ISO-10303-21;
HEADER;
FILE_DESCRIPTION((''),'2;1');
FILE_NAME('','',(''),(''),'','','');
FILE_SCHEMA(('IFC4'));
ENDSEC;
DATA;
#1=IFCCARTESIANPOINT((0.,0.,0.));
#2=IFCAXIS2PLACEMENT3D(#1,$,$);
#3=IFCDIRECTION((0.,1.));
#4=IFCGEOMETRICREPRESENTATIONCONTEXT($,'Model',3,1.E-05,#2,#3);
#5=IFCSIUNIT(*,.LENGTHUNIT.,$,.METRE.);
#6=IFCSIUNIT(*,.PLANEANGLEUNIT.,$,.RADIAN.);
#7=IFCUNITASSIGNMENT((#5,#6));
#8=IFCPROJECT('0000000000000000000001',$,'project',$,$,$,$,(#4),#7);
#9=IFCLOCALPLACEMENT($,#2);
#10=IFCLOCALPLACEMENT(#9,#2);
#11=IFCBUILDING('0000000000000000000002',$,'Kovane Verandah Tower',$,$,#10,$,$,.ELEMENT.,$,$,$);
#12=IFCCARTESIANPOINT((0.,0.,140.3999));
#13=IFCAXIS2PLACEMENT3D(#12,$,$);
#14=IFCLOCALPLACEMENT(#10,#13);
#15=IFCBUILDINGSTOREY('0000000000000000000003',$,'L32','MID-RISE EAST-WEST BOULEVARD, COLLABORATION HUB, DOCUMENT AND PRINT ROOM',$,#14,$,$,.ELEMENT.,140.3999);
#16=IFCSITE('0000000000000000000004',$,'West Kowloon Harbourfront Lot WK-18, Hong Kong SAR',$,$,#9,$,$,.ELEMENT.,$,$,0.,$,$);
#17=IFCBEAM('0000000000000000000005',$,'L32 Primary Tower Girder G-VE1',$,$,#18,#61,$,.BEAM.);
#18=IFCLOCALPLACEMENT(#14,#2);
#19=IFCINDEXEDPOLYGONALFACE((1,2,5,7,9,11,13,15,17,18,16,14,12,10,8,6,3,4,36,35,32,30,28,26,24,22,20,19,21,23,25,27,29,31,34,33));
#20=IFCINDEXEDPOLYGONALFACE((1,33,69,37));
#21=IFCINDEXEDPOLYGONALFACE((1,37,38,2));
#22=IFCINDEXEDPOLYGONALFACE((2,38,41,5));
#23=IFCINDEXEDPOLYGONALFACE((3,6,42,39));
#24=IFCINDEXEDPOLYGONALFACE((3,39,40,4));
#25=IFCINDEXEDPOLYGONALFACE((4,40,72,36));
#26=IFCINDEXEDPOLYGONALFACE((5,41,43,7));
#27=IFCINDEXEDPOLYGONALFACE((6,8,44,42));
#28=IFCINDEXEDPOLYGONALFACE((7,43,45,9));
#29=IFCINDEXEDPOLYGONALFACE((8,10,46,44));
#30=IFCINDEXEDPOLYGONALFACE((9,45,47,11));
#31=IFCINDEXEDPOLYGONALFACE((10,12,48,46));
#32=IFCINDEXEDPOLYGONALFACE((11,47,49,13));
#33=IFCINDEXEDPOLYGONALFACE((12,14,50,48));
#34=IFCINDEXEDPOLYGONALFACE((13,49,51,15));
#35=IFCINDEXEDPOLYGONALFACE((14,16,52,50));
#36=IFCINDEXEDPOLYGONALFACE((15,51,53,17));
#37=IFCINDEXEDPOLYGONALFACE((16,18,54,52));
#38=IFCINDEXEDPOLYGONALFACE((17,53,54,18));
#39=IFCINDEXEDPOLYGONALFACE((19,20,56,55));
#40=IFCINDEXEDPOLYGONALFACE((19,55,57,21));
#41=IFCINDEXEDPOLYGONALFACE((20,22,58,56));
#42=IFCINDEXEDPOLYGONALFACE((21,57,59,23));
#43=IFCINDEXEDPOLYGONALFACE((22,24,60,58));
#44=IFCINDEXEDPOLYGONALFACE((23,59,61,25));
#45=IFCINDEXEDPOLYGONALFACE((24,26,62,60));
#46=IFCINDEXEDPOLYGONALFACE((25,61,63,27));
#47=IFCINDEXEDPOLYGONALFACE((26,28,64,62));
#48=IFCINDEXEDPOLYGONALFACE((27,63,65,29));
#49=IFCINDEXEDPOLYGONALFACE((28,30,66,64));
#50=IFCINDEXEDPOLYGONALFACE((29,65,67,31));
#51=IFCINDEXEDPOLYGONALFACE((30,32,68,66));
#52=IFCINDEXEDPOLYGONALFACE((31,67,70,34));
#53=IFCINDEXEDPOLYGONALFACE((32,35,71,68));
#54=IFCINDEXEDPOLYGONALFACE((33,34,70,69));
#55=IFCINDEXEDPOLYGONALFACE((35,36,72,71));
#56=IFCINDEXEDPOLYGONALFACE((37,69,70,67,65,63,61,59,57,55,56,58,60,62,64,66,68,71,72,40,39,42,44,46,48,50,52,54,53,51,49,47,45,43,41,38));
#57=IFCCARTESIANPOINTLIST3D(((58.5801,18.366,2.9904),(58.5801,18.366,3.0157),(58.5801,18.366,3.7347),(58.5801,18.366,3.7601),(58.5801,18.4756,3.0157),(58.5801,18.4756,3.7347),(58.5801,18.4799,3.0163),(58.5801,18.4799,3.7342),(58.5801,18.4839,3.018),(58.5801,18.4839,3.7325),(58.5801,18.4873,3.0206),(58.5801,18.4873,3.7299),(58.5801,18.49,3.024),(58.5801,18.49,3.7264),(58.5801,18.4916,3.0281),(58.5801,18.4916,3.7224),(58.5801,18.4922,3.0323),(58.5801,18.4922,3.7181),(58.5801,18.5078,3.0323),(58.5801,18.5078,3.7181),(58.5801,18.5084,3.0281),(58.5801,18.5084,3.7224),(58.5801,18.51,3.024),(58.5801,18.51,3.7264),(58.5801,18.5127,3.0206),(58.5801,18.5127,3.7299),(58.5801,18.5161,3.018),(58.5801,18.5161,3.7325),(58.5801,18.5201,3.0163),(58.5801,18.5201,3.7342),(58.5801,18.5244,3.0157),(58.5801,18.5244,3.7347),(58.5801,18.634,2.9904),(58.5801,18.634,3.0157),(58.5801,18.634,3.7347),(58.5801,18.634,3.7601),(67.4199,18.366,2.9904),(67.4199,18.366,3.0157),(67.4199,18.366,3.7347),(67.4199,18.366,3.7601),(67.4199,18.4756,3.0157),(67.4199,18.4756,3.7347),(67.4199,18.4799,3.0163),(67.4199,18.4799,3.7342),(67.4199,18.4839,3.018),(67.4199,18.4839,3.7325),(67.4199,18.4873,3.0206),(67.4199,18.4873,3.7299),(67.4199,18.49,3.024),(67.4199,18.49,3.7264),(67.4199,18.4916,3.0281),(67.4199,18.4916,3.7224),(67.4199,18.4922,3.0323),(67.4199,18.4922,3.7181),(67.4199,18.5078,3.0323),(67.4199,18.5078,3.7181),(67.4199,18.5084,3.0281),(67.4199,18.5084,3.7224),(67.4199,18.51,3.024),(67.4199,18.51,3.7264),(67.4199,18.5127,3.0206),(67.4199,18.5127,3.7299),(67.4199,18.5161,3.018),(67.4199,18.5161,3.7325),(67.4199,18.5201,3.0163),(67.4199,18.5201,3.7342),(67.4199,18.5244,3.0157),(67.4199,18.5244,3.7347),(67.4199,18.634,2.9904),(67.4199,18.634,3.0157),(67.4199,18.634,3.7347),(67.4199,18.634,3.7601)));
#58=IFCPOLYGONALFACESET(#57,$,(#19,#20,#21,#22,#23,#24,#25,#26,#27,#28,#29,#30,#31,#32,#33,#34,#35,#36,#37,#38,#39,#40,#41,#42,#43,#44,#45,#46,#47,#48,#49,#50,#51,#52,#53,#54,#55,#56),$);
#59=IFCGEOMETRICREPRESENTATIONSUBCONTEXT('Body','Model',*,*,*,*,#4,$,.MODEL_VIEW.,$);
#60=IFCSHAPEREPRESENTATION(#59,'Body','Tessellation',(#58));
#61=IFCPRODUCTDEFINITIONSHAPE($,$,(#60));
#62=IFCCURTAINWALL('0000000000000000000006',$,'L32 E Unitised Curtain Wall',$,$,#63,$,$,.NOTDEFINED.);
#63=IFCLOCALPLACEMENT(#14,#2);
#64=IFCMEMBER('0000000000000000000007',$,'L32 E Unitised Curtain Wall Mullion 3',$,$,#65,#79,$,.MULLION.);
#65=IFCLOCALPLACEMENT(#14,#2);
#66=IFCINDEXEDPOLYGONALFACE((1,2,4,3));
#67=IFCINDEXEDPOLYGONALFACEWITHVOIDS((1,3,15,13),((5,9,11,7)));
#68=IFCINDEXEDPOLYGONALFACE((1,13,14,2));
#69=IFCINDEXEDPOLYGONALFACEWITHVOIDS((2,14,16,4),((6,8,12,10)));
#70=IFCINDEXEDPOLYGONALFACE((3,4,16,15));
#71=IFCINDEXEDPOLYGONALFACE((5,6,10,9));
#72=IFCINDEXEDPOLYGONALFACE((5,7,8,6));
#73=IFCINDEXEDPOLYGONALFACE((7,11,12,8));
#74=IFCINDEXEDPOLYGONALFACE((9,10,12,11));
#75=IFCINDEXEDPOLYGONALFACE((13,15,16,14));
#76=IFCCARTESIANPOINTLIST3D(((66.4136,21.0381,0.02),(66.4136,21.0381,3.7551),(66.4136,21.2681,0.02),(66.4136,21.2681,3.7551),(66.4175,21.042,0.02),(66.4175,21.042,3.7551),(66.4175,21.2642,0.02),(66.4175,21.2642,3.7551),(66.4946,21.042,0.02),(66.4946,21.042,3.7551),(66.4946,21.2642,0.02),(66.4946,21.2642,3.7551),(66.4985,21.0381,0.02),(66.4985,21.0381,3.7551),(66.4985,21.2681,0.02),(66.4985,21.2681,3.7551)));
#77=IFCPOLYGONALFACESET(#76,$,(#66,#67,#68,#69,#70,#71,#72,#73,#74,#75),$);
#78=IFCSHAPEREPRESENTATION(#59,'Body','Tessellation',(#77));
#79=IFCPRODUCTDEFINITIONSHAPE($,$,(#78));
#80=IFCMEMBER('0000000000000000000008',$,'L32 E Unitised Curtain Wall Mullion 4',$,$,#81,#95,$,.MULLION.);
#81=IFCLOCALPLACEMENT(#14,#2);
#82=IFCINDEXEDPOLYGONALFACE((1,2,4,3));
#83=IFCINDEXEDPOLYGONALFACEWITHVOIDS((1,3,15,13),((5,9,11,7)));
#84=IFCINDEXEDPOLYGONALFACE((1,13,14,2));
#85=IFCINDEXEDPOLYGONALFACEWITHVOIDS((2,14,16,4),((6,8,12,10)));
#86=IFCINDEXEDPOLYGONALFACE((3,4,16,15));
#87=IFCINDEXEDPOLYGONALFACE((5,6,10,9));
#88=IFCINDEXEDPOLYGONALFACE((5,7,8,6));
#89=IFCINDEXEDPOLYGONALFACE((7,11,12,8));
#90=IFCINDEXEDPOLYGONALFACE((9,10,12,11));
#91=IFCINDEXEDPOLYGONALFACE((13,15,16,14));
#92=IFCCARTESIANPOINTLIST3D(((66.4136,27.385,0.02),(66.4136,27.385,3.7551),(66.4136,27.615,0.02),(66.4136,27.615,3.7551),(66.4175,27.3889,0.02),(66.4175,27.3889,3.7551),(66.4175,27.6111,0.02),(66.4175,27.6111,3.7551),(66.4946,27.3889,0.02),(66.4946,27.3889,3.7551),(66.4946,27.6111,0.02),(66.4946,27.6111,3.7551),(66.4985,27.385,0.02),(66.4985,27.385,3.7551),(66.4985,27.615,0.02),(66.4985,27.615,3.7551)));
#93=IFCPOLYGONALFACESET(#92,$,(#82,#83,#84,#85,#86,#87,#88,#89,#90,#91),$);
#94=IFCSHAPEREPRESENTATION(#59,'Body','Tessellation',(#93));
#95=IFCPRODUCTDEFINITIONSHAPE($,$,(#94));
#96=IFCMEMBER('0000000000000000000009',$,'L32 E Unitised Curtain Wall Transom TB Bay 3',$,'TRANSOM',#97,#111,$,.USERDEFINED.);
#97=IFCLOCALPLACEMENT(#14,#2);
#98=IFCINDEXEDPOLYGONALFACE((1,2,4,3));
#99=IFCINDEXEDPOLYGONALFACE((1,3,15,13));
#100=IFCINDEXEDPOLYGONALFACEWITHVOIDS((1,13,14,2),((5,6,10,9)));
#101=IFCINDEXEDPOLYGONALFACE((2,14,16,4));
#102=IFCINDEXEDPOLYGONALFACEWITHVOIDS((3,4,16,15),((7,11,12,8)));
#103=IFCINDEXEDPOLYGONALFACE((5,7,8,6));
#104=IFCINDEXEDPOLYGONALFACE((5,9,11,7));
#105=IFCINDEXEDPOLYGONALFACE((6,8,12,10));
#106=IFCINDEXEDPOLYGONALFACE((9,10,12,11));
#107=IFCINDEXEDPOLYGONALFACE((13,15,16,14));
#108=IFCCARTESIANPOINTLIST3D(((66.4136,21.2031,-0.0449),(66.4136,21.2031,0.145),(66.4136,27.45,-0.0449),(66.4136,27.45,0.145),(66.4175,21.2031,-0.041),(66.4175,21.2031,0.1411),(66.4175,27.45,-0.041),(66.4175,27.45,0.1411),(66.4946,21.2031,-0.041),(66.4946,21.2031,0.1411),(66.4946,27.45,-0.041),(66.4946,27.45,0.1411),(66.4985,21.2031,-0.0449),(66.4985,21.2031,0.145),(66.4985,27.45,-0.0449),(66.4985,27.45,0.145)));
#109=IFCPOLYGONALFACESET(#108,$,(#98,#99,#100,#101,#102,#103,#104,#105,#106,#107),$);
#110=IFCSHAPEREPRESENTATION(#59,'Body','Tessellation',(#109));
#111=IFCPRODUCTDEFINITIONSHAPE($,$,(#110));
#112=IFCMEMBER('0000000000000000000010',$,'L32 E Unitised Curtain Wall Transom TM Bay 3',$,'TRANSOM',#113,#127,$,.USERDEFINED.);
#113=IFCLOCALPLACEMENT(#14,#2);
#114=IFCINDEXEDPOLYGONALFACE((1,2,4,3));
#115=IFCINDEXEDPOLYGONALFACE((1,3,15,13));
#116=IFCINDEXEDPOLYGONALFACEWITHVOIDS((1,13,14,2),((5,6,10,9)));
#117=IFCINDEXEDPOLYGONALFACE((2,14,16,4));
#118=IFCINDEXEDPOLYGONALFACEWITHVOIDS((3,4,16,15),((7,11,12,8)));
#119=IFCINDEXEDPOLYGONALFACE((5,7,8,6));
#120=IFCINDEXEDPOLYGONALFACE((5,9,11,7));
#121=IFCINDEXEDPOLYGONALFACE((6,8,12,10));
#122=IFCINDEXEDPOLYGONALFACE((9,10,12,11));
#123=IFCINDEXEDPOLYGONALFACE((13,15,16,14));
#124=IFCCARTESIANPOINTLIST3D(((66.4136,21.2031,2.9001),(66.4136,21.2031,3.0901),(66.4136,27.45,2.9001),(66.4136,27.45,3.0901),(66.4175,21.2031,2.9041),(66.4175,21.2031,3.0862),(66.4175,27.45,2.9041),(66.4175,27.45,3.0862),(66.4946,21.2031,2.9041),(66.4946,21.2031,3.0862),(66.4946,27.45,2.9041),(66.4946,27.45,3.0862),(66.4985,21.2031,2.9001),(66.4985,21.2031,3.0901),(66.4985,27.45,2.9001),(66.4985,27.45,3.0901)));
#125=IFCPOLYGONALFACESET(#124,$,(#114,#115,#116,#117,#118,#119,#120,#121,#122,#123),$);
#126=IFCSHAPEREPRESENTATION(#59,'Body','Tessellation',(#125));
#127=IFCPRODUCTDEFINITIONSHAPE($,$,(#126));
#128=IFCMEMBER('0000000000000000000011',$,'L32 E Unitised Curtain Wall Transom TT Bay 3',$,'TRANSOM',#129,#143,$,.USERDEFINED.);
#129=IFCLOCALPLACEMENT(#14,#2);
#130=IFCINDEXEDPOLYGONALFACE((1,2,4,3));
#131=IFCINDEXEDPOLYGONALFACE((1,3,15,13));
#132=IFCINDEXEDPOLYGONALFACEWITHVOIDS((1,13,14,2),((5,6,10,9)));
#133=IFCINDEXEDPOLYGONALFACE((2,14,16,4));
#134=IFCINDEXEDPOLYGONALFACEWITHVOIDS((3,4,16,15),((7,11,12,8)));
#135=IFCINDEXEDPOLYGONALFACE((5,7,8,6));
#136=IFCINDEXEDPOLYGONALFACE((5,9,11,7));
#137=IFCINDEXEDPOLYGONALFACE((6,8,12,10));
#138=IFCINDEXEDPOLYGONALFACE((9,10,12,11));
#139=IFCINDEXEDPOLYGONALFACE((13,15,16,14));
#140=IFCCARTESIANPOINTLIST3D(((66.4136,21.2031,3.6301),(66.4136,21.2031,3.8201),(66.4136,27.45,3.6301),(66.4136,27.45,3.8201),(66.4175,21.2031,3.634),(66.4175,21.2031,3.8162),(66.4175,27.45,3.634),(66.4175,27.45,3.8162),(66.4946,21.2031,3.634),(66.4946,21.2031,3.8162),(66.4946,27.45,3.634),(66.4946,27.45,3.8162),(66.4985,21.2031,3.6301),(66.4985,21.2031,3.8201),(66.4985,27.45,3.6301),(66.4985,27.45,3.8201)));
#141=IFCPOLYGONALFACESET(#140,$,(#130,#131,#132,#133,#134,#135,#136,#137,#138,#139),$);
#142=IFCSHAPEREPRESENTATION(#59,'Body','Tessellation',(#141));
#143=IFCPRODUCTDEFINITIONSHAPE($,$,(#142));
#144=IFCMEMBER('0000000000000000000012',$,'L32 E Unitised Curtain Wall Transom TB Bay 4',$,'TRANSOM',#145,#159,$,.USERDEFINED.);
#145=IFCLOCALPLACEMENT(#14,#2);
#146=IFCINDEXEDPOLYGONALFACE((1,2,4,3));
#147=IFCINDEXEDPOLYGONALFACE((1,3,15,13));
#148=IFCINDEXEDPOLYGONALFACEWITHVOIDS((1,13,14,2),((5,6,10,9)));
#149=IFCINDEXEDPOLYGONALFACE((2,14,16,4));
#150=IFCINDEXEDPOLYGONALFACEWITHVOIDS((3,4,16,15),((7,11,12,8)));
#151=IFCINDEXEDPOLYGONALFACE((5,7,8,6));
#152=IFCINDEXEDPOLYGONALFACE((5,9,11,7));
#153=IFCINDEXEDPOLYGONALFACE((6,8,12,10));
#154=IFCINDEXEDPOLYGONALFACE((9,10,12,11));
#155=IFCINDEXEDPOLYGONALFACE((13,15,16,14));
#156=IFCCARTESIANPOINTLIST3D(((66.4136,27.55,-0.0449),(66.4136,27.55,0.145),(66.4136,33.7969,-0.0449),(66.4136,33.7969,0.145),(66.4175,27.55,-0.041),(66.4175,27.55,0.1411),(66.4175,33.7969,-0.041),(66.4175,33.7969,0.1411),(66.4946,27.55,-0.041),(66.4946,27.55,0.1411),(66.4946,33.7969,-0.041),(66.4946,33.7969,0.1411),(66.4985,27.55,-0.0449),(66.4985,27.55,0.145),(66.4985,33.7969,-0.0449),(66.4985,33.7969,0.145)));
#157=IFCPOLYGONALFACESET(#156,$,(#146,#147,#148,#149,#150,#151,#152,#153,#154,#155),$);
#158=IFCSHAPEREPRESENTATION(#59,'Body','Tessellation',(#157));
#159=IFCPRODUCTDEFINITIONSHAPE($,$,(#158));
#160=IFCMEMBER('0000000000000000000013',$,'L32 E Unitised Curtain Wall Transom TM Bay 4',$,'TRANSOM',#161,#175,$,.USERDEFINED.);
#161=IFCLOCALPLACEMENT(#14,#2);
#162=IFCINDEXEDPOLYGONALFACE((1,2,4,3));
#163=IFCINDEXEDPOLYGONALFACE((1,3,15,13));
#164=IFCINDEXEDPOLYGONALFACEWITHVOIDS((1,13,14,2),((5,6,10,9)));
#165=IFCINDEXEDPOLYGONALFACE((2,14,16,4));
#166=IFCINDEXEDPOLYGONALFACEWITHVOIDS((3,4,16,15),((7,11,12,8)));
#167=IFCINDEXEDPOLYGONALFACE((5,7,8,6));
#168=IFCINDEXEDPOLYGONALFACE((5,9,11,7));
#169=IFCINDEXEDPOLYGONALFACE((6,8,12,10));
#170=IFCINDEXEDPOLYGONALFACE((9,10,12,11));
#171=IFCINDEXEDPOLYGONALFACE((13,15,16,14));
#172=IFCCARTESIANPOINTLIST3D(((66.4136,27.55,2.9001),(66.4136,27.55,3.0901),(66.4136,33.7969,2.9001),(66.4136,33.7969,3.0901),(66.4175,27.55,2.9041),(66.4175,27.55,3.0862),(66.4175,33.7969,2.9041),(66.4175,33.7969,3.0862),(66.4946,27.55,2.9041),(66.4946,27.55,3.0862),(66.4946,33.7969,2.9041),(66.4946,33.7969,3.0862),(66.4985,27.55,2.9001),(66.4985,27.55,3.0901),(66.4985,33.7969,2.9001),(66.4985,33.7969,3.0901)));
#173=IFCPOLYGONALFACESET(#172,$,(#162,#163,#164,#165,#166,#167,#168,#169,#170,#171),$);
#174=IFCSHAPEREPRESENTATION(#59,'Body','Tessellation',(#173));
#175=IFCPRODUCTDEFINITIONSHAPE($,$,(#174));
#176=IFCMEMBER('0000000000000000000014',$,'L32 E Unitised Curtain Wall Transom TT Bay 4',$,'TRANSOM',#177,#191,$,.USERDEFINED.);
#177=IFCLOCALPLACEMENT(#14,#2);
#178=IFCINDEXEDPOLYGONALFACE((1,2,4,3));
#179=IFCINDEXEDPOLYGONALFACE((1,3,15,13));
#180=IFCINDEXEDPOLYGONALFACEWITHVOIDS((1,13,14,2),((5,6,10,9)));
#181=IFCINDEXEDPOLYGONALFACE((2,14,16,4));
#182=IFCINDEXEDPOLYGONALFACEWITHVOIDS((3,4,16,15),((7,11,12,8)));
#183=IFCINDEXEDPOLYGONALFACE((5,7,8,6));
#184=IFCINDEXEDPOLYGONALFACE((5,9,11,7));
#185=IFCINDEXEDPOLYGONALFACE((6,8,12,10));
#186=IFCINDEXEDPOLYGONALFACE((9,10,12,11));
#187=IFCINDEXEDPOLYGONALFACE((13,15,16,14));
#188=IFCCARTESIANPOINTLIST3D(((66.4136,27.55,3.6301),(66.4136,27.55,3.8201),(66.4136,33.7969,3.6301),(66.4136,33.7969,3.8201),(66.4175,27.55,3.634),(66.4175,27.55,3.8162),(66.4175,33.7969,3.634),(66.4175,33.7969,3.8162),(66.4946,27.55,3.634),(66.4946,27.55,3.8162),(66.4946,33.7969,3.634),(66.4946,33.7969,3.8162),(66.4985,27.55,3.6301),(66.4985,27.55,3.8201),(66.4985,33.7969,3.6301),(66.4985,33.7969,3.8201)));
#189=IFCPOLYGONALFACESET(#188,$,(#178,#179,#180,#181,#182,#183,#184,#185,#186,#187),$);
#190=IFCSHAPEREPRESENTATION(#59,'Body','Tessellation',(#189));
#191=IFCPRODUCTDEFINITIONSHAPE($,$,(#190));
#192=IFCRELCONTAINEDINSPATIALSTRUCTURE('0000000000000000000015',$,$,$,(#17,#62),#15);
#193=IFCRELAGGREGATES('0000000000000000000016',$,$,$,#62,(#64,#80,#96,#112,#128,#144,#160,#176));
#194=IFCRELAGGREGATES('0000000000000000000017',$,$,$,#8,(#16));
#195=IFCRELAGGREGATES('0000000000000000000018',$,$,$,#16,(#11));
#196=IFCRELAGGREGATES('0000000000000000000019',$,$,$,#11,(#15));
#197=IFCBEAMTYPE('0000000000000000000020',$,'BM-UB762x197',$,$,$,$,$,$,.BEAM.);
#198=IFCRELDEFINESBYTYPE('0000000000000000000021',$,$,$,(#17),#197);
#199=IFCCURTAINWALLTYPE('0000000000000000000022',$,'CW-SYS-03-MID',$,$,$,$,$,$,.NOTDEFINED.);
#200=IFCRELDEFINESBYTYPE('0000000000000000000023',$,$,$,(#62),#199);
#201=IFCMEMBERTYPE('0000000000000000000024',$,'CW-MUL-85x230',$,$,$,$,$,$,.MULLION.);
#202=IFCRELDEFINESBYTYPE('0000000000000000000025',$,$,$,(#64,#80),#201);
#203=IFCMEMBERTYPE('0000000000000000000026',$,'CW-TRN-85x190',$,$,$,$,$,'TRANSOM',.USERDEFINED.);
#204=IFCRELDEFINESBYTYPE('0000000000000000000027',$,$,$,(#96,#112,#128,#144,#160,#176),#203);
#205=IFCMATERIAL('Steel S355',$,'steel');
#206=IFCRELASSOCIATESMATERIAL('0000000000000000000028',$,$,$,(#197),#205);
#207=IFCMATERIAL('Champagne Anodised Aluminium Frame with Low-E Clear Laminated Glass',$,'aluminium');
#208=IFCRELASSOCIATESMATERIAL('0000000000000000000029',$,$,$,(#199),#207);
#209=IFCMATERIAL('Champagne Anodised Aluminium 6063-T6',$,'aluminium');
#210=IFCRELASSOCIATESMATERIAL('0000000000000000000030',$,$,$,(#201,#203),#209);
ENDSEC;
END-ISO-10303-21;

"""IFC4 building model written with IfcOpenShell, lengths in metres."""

from ifc_helpers import new_model, si_unit, direction, frame, origin, origin_2d, place, context, subcontext, project, spatial, hollow_rectangle, i_section, extrude, material, material_profile, profile_set, type_object, element, aggregate, save


model = new_model("IFC4")

# Units and contexts
model_context = context("Model", 3, precision=1e-05, world=origin(), true_north=direction((0.0, 1.0)))
body_context = subcontext(model_context, "Body", "Model", "MODEL_VIEW")
ifc_project = project(units=[si_unit("LENGTHUNIT", "METRE"), si_unit("PLANEANGLEUNIT", "RADIAN")], contexts=[model_context])

# Site, building, storey
site_placement = place(None, origin())
site = spatial("IfcSite", under=ifc_project, at=site_placement, Name="West Kowloon Harbourfront Lot WK-18, Hong Kong SAR", CompositionType="ELEMENT", RefElevation=0.0)
building_placement = place(site_placement, origin())
building = spatial("IfcBuilding", under=site, at=building_placement, Name="Kovane Verandah Tower", CompositionType="ELEMENT")
storey_placement = place(building_placement, frame((0.0, 0.0, 140.3999)))
storey = spatial("IfcBuildingStorey", under=building, at=storey_placement, Name="L32", Description="MID-RISE EAST-WEST BOULEVARD, COLLABORATION HUB, DOCUMENT AND PRINT ROOM", CompositionType="ELEMENT", Elevation=140.3999)

# Beam
ifc_material_1 = material(Name="Steel S355", Category="steel")
ifc_material_profile_1 = material_profile(ifc_material_1, i_section(OverallWidth=0.2681, OverallDepth=0.7698, WebThickness=0.0156, FlangeThickness=0.0254, FilletRadius=0.0166, at=origin_2d()), Name="UB762x267x197")
ifc_profile_set_1 = profile_set([ifc_material_profile_1], Name="Steel S355")
beam_type_1 = type_object("IfcBeamType", Name="BM-UB762x197", PredefinedType="BEAM", material=ifc_profile_set_1)
beam_1_placement = place(storey_placement, frame((58.5801, 18.5, 3.3752), z_axis=(1.0, 0.0, 0.0), x_axis=(0.0, 1.0, 0.0)))
element("IfcBeam", 1, at=beam_1_placement, inside=storey, type_object=beam_type_1, Name="L32 Primary Tower Girder G-VE1", PredefinedType="BEAM", context=body_context, shape_type="SweptSolid", body=[
    extrude(i_section(OverallWidth=0.2681, OverallDepth=0.7698, WebThickness=0.0156, FlangeThickness=0.0254, FilletRadius=0.0166, at=origin_2d()), origin(), (0.0, 0.0, 1.0), 8.8398),
])

# Curtain wall, members
ifc_material_2 = material(Name="Champagne Anodised Aluminium Frame with Low-E Clear Laminated Glass", Category="aluminium")
curtain_wall_type = type_object("IfcCurtainWallType", Name="CW-SYS-03-MID", PredefinedType="NOTDEFINED", material=ifc_material_2)
curtain_wall_placement = place(storey_placement, origin())
curtain_wall = element("IfcCurtainWall", 2, at=curtain_wall_placement, inside=storey, type_object=curtain_wall_type, Name="L32 E Unitised Curtain Wall", PredefinedType="NOTDEFINED")
ifc_material_3 = material(Name="Champagne Anodised Aluminium 6063-T6", Category="aluminium")
ifc_material_profile_2 = material_profile(ifc_material_3, hollow_rectangle(XDim=0.085, YDim=0.23, WallThickness=0.0039, at=origin_2d()), Name="AL85x230x4")
ifc_profile_set_2 = profile_set([ifc_material_profile_2], Name="Champagne Anodised Aluminium 6063-T6")
member_type_1 = type_object("IfcMemberType", Name="CW-MUL-85x230", PredefinedType="MULLION", material=ifc_profile_set_2)
member_1_placement = place(storey_placement, frame((66.4561, 21.1531, 0.02), z_axis=(0.0, 0.0, 1.0), x_axis=(1.0, 0.0, 0.0)))
member_1 = element("IfcMember", 3, at=member_1_placement, type_object=member_type_1, Name="L32 E Unitised Curtain Wall Mullion 3", PredefinedType="MULLION", context=body_context, shape_type="SweptSolid", body=[
    extrude(hollow_rectangle(XDim=0.085, YDim=0.23, WallThickness=0.0039, at=origin_2d()), origin(), (0.0, 0.0, 1.0), 3.7351),
])
member_2_placement = place(storey_placement, frame((66.4561, 27.5, 0.02), z_axis=(0.0, 0.0, 1.0), x_axis=(1.0, 0.0, 0.0)))
member_2 = element("IfcMember", 4, at=member_2_placement, type_object=member_type_1, Name="L32 E Unitised Curtain Wall Mullion 4", PredefinedType="MULLION", context=body_context, shape_type="SweptSolid", body=[
    extrude(hollow_rectangle(XDim=0.085, YDim=0.23, WallThickness=0.0039, at=origin_2d()), origin(), (0.0, 0.0, 1.0), 3.7351),
])
ifc_material_profile_3 = material_profile(ifc_material_3, hollow_rectangle(XDim=0.085, YDim=0.1899, WallThickness=0.0039, at=origin_2d()), Name="AL85x190x4")
ifc_profile_set_3 = profile_set([ifc_material_profile_3], Name="Champagne Anodised Aluminium 6063-T6")
member_type_2 = type_object("IfcMemberType", Name="CW-TRN-85x190", ElementType="TRANSOM", PredefinedType="USERDEFINED", material=ifc_profile_set_3)
member_3_placement = place(storey_placement, frame((66.4561, 21.2031, 0.05), z_axis=(0.0, 1.0, 0.0), x_axis=(-1.0, 0.0, 0.0)))
member_3 = element("IfcMember", 5, at=member_3_placement, type_object=member_type_2, Name="L32 E Unitised Curtain Wall Transom TB Bay 3", ObjectType="TRANSOM", PredefinedType="USERDEFINED", context=body_context, shape_type="SweptSolid", body=[
    extrude(hollow_rectangle(XDim=0.085, YDim=0.1899, WallThickness=0.0039, at=origin_2d()), origin(), (0.0, 0.0, 1.0), 6.2468),
])
member_4_placement = place(storey_placement, frame((66.4561, 21.2031, 2.9951), z_axis=(0.0, 1.0, 0.0), x_axis=(-1.0, 0.0, 0.0)))
member_4 = element("IfcMember", 6, at=member_4_placement, type_object=member_type_2, Name="L32 E Unitised Curtain Wall Transom TM Bay 3", ObjectType="TRANSOM", PredefinedType="USERDEFINED", context=body_context, shape_type="SweptSolid", body=[
    extrude(hollow_rectangle(XDim=0.085, YDim=0.1899, WallThickness=0.0039, at=origin_2d()), origin(), (0.0, 0.0, 1.0), 6.2468),
])
member_5_placement = place(storey_placement, frame((66.4561, 21.2031, 3.7251), z_axis=(0.0, 1.0, 0.0), x_axis=(-1.0, 0.0, 0.0)))
member_5 = element("IfcMember", 7, at=member_5_placement, type_object=member_type_2, Name="L32 E Unitised Curtain Wall Transom TT Bay 3", ObjectType="TRANSOM", PredefinedType="USERDEFINED", context=body_context, shape_type="SweptSolid", body=[
    extrude(hollow_rectangle(XDim=0.085, YDim=0.1899, WallThickness=0.0039, at=origin_2d()), origin(), (0.0, 0.0, 1.0), 6.2468),
])
member_6_placement = place(storey_placement, frame((66.4561, 27.55, 0.05), z_axis=(0.0, 1.0, 0.0), x_axis=(-1.0, 0.0, 0.0)))
member_6 = element("IfcMember", 8, at=member_6_placement, type_object=member_type_2, Name="L32 E Unitised Curtain Wall Transom TB Bay 4", ObjectType="TRANSOM", PredefinedType="USERDEFINED", context=body_context, shape_type="SweptSolid", body=[
    extrude(hollow_rectangle(XDim=0.085, YDim=0.1899, WallThickness=0.0039, at=origin_2d()), origin(), (0.0, 0.0, 1.0), 6.2468),
])
member_7_placement = place(storey_placement, frame((66.4561, 27.55, 2.9951), z_axis=(0.0, 1.0, 0.0), x_axis=(-1.0, 0.0, 0.0)))
member_7 = element("IfcMember", 9, at=member_7_placement, type_object=member_type_2, Name="L32 E Unitised Curtain Wall Transom TM Bay 4", ObjectType="TRANSOM", PredefinedType="USERDEFINED", context=body_context, shape_type="SweptSolid", body=[
    extrude(hollow_rectangle(XDim=0.085, YDim=0.1899, WallThickness=0.0039, at=origin_2d()), origin(), (0.0, 0.0, 1.0), 6.2468),
])
member_8_placement = place(storey_placement, frame((66.4561, 27.55, 3.7251), z_axis=(0.0, 1.0, 0.0), x_axis=(-1.0, 0.0, 0.0)))
member_8 = element("IfcMember", 10, at=member_8_placement, type_object=member_type_2, Name="L32 E Unitised Curtain Wall Transom TT Bay 4", ObjectType="TRANSOM", PredefinedType="USERDEFINED", context=body_context, shape_type="SweptSolid", body=[
    extrude(hollow_rectangle(XDim=0.085, YDim=0.1899, WallThickness=0.0039, at=origin_2d()), origin(), (0.0, 0.0, 1.0), 6.2468),
])

aggregate(curtain_wall, [member_1, member_2, member_3, member_4, member_5, member_6, member_7, member_8])

save(model, "model.ifc")
